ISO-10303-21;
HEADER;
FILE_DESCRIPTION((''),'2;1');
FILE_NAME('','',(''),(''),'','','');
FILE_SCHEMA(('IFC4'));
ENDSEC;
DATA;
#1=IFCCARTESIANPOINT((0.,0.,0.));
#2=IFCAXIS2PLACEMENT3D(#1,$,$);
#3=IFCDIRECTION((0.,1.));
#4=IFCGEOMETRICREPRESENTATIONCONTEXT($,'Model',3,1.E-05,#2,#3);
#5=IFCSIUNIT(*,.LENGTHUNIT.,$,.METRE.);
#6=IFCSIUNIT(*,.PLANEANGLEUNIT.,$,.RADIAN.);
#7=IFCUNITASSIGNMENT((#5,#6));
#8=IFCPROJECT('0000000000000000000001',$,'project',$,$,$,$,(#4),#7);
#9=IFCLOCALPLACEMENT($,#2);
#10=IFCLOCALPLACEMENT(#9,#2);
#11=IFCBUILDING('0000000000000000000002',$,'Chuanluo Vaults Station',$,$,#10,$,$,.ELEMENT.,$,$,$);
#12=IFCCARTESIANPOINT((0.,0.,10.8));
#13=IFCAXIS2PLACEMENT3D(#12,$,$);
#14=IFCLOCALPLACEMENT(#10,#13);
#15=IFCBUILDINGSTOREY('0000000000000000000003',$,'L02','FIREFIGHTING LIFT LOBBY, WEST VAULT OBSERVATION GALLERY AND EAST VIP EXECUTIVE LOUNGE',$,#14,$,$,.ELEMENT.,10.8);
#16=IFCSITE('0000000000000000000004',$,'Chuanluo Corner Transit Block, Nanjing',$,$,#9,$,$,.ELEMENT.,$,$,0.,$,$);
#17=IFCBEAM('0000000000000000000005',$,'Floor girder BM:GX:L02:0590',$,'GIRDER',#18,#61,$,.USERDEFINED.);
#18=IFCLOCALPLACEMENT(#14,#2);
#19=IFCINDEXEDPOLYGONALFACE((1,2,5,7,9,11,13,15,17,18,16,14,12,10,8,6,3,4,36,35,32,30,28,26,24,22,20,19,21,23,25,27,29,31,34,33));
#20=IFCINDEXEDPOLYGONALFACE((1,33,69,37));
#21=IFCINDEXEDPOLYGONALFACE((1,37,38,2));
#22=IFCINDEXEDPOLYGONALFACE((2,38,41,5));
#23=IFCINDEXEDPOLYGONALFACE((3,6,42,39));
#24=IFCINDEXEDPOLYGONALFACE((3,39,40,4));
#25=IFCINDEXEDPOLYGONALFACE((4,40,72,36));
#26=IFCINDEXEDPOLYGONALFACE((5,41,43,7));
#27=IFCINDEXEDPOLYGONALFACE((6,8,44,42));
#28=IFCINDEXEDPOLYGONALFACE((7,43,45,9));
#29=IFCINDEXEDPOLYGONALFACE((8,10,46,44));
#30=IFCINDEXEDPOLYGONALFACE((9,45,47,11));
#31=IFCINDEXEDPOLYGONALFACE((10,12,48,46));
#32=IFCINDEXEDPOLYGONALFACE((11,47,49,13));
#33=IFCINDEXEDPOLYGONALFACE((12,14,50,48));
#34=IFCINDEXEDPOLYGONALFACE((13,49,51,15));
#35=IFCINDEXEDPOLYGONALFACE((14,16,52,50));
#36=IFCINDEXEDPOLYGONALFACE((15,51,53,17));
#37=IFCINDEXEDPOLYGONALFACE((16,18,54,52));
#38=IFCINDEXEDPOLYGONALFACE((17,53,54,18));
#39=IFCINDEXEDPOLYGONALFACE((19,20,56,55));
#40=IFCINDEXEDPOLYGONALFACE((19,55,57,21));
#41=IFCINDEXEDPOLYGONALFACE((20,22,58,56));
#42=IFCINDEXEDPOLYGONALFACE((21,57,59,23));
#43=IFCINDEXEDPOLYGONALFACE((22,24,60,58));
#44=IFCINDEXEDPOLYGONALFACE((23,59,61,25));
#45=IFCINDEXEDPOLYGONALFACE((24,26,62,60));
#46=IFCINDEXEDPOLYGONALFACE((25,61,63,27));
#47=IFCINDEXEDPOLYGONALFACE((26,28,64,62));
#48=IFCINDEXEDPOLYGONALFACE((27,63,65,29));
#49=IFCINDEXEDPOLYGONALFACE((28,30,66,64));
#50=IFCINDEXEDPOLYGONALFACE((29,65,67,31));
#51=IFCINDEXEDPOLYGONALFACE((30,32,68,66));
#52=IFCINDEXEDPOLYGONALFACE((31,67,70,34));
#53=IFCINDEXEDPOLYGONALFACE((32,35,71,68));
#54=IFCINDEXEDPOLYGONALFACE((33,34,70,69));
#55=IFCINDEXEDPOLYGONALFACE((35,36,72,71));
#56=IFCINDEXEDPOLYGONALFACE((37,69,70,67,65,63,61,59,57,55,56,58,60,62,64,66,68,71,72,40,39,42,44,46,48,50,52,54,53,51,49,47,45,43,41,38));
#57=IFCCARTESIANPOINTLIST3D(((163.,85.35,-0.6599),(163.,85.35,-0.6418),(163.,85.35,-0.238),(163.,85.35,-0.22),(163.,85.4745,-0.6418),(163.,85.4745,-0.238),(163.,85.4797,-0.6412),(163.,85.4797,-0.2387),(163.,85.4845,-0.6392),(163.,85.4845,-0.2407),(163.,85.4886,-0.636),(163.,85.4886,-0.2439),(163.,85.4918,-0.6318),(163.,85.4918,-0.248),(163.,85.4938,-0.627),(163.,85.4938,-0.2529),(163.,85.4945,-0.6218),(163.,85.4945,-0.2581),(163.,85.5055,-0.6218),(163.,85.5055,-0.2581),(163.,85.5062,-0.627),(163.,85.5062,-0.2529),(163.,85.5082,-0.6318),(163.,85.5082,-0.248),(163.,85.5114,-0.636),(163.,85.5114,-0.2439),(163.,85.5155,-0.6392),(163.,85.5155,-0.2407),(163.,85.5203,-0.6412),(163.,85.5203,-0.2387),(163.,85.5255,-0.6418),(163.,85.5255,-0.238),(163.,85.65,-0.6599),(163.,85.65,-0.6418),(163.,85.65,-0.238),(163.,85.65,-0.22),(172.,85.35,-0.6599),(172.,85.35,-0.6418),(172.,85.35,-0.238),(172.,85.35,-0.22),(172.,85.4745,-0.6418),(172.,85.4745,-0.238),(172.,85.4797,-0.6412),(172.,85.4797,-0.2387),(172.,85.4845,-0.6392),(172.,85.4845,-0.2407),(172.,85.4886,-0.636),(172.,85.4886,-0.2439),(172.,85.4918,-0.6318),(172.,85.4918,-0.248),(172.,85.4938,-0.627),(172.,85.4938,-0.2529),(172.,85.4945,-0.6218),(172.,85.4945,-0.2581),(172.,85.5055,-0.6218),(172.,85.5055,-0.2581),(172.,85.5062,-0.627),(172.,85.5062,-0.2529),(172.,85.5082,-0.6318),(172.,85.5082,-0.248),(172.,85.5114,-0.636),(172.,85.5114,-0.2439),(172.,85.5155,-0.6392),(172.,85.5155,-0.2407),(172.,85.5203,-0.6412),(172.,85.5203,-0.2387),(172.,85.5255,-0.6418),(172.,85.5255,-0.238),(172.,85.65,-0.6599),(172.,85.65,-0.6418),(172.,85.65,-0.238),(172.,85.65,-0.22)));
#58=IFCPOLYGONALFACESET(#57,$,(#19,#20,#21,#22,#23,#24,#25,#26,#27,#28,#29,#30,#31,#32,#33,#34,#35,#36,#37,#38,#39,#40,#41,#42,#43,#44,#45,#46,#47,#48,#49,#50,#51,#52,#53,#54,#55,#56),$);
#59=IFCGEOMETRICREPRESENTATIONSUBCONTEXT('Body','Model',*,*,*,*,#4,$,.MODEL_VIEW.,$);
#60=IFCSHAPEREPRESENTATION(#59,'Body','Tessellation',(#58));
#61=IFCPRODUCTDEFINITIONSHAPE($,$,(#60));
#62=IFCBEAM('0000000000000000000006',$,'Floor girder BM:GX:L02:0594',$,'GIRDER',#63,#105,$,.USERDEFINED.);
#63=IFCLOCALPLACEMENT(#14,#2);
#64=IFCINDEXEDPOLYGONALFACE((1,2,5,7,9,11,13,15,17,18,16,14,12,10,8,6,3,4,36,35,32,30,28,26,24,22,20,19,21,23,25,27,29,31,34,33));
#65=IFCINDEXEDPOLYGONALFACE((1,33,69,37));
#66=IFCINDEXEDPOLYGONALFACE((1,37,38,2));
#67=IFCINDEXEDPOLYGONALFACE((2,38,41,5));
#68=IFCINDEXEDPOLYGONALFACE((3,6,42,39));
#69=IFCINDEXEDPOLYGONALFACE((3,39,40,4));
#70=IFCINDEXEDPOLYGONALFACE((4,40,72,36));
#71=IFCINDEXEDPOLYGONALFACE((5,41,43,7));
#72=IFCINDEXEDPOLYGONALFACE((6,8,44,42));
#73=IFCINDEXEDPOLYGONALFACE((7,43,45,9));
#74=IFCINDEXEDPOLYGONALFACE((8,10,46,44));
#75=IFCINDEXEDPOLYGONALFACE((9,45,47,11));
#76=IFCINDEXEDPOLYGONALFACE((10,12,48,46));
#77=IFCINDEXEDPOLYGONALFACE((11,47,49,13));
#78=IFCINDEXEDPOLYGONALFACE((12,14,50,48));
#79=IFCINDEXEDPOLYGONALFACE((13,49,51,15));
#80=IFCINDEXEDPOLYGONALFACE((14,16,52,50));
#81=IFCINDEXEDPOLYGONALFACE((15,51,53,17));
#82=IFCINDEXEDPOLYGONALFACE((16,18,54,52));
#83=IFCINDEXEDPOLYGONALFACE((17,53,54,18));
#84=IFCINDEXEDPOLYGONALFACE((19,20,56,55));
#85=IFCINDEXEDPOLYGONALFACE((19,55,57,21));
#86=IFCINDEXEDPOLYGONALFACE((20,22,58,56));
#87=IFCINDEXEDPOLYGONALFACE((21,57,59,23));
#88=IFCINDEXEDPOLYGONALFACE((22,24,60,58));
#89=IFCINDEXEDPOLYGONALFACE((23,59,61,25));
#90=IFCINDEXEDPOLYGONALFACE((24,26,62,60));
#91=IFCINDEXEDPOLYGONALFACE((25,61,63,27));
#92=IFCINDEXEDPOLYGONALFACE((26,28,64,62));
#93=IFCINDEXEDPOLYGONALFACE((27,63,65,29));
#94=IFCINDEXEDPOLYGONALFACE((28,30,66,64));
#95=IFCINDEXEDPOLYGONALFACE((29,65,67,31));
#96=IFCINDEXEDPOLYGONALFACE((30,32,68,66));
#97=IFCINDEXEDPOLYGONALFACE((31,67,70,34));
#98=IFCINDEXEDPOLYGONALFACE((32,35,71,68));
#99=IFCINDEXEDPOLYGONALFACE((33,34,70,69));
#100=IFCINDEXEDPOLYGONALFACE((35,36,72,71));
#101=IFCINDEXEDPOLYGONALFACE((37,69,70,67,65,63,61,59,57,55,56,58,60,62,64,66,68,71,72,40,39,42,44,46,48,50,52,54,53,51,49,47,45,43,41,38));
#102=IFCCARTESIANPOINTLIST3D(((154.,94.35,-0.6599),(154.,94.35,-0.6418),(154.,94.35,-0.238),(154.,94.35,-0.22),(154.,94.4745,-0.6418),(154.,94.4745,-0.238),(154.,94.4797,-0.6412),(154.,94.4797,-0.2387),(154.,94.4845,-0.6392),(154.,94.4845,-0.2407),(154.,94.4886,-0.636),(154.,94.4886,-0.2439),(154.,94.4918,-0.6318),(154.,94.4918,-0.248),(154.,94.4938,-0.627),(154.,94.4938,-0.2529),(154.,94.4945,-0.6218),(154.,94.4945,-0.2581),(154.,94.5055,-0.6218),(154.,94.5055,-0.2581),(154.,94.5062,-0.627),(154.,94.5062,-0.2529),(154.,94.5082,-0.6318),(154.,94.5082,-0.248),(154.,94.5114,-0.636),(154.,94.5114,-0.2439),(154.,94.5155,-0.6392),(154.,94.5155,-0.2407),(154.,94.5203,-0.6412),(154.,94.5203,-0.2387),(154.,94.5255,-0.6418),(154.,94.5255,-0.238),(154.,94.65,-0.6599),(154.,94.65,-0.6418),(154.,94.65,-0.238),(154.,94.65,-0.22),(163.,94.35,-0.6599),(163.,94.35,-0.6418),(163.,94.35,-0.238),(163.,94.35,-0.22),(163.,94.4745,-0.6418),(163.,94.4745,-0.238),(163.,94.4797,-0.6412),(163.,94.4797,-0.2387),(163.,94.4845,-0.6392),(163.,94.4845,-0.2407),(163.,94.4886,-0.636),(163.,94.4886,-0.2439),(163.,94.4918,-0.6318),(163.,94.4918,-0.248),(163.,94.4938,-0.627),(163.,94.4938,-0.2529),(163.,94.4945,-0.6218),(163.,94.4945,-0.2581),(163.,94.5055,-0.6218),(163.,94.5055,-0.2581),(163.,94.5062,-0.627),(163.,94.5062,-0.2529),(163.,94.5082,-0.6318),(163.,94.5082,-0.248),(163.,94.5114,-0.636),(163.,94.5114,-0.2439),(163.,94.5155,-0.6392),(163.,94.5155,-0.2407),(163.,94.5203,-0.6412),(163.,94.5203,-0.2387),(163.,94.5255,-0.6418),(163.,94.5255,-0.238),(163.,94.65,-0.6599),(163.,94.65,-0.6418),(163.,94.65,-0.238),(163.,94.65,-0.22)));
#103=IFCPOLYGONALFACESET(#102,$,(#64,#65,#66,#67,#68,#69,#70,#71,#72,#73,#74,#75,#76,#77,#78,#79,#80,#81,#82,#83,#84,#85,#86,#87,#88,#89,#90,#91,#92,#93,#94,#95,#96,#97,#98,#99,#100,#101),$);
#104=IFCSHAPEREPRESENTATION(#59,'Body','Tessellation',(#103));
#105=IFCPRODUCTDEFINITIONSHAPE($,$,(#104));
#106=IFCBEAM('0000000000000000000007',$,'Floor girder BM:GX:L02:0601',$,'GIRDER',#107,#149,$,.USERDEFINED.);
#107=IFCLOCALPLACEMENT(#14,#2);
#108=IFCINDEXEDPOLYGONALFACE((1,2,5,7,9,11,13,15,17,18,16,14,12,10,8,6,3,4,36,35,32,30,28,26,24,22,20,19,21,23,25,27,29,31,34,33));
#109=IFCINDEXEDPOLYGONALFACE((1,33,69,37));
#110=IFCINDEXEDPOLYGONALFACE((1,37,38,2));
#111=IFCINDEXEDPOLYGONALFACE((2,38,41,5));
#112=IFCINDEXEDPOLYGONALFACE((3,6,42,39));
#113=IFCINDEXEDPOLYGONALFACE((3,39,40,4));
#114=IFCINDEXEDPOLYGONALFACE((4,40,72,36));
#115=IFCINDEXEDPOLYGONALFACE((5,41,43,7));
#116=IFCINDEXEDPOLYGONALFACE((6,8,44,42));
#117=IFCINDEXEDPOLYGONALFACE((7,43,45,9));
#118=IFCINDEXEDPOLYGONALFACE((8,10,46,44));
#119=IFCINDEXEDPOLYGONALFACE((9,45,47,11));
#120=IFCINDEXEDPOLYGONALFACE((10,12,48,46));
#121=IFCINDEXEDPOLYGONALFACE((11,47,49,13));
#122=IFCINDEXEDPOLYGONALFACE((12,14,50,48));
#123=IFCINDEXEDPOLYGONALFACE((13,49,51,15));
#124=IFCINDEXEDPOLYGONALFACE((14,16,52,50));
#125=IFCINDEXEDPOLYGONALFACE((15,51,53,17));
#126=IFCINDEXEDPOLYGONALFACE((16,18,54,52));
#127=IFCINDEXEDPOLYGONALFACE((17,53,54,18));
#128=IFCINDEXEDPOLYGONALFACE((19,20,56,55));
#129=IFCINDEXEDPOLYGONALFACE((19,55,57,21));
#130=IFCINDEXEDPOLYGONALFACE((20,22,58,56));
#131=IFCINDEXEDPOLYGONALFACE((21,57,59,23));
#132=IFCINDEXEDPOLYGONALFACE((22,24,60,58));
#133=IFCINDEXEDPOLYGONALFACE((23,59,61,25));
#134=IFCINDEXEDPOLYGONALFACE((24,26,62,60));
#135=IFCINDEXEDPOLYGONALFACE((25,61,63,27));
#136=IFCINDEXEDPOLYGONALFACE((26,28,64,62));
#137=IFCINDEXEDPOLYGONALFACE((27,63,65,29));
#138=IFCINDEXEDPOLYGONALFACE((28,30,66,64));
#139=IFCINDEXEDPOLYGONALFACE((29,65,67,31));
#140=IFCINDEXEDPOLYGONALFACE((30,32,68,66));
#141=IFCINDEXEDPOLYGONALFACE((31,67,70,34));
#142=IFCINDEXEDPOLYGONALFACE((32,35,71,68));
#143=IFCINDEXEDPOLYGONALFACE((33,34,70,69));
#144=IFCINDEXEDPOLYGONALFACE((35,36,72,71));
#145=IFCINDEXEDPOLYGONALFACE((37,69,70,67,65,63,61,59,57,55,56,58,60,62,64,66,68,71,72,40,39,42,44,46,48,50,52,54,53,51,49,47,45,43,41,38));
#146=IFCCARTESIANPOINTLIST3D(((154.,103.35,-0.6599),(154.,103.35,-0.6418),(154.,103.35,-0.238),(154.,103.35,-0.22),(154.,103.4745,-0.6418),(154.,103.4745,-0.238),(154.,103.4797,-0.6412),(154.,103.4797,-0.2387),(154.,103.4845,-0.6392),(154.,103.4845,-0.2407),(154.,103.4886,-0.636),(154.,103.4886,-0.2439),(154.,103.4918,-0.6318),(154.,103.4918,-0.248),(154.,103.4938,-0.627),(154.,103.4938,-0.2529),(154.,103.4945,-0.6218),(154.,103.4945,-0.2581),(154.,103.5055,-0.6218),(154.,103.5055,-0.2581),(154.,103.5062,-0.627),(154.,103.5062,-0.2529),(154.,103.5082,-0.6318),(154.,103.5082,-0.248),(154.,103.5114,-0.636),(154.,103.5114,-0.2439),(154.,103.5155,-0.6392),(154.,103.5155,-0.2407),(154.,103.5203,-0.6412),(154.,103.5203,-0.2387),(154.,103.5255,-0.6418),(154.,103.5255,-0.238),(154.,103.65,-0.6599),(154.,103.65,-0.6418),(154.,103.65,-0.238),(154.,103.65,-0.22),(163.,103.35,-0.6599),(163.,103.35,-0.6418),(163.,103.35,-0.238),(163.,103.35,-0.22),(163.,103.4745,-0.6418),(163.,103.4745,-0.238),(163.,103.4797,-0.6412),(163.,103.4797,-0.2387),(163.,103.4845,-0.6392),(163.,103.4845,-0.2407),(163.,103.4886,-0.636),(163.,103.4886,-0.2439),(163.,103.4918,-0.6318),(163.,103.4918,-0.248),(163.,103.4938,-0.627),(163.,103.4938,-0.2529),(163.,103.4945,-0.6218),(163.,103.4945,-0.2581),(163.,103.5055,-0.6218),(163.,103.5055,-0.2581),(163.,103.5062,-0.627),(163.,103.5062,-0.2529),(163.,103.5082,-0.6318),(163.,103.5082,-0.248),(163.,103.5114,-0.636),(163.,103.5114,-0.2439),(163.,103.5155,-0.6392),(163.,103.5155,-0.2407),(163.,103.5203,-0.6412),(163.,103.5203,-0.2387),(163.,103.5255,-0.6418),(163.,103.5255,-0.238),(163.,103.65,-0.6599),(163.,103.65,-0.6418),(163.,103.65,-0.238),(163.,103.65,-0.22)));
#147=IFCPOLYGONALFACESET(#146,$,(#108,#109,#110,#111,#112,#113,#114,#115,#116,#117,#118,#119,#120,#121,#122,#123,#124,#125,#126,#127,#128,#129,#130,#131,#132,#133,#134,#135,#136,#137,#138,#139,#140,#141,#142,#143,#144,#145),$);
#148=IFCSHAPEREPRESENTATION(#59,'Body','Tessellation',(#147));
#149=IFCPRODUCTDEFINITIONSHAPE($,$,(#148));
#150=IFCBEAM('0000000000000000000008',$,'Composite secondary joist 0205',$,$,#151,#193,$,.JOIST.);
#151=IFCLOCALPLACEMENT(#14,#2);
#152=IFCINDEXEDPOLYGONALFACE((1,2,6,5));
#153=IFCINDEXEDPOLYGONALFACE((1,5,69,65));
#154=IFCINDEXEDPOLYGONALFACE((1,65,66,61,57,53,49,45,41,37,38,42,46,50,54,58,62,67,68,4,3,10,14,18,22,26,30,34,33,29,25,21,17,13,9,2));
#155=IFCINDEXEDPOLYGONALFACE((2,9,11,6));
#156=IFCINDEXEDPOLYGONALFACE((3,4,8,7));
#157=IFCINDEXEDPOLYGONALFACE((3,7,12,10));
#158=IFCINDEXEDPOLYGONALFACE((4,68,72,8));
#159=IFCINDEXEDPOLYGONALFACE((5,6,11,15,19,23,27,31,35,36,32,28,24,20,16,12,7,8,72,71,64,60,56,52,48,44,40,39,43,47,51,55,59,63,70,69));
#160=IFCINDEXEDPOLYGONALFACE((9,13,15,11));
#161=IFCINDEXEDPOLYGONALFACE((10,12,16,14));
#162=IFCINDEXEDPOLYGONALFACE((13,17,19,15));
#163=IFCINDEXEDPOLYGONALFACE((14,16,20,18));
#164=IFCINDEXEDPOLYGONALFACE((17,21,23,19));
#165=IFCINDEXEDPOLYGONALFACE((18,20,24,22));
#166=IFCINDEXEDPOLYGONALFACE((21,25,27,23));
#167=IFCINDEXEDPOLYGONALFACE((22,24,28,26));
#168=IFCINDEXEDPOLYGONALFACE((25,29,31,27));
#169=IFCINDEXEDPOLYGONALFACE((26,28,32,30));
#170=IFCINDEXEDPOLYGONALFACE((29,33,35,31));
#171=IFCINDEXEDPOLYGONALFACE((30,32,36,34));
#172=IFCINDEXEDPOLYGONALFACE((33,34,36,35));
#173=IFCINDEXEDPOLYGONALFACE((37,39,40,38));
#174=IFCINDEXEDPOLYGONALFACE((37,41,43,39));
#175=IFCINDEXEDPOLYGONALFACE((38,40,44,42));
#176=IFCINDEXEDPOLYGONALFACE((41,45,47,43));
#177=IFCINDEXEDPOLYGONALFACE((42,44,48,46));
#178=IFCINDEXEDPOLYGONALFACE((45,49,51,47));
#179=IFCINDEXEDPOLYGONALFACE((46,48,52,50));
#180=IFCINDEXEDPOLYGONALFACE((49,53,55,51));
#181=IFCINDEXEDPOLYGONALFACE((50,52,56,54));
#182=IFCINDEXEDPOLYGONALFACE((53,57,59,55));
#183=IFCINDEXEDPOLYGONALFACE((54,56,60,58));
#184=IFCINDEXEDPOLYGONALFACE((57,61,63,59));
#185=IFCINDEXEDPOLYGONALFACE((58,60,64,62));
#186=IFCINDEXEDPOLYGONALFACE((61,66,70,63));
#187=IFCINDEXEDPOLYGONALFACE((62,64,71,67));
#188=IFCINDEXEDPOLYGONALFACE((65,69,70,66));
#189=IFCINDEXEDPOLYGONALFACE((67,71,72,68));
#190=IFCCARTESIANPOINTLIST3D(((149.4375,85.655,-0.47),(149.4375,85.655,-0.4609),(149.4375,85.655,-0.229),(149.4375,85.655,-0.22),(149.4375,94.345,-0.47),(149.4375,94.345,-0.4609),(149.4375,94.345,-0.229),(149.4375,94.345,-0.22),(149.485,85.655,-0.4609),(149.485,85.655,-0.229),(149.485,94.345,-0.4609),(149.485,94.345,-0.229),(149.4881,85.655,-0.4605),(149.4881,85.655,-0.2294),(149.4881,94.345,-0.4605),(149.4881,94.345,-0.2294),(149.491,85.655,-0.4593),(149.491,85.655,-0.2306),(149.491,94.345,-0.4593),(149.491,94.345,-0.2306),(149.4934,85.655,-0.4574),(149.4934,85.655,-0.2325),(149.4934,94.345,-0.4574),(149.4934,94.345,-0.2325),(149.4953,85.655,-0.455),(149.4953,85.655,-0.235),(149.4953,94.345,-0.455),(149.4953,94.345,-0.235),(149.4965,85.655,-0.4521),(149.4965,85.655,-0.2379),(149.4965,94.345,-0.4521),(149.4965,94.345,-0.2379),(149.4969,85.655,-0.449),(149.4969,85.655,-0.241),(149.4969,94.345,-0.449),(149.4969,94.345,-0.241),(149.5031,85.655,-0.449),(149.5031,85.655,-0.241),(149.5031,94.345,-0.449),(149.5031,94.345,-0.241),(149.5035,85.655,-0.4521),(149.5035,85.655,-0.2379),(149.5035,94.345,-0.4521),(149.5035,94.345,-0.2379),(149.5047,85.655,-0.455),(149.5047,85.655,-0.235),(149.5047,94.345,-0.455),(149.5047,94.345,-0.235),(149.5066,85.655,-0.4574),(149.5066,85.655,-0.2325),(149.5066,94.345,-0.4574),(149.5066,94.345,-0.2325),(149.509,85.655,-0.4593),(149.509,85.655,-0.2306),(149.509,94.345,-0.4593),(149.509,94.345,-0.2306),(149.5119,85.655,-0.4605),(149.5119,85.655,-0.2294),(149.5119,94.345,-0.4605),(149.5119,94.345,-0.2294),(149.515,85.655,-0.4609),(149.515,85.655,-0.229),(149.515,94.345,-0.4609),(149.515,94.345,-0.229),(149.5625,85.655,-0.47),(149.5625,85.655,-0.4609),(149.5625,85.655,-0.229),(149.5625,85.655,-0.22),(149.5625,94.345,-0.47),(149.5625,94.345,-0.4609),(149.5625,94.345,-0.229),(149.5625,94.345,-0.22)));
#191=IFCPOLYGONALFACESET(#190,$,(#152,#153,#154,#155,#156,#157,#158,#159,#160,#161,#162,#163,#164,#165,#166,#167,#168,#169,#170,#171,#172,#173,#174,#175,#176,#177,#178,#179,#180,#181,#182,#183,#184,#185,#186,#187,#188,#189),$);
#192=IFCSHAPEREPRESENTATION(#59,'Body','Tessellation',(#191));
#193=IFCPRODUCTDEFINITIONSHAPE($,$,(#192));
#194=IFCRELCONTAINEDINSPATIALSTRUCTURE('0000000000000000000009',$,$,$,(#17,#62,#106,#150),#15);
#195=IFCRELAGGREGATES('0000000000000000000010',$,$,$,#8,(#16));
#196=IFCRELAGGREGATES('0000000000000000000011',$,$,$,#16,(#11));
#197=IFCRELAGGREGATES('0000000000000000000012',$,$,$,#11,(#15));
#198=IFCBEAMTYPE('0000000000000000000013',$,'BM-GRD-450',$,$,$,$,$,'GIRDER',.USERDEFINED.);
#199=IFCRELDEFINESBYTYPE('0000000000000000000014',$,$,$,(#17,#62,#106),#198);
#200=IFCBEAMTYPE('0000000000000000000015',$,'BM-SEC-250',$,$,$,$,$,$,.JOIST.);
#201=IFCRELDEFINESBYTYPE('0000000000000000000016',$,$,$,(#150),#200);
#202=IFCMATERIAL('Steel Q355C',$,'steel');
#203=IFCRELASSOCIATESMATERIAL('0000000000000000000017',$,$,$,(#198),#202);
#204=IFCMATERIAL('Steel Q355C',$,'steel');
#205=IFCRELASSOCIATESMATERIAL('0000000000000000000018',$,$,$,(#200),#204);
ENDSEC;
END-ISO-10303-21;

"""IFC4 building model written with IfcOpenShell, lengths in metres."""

from ifc_helpers import new_model, si_unit, direction, frame, origin, origin_2d, place, context, subcontext, project, spatial, i_section, extrude, material, material_profile, profile_set, type_object, element, save


model = new_model("IFC4")

# Units and contexts
model_context = context("Model", 3, precision=1e-05, world=origin(), true_north=direction((0.0, 1.0)))
body_context = subcontext(model_context, "Body", "Model", "MODEL_VIEW")
ifc_project = project(units=[si_unit("LENGTHUNIT", "METRE"), si_unit("PLANEANGLEUNIT", "RADIAN")], contexts=[model_context])

# Site, building, storey
site_placement = place(None, origin())
site = spatial("IfcSite", under=ifc_project, at=site_placement, Name="Chuanluo Corner Transit Block, Nanjing", CompositionType="ELEMENT", RefElevation=0.0)
building_placement = place(site_placement, origin())
building = spatial("IfcBuilding", under=site, at=building_placement, Name="Chuanluo Vaults Station", CompositionType="ELEMENT")
storey_placement = place(building_placement, frame((0.0, 0.0, 10.8)))
storey = spatial("IfcBuildingStorey", under=building, at=storey_placement, Name="L02", Description="FIREFIGHTING LIFT LOBBY, WEST VAULT OBSERVATION GALLERY AND EAST VIP EXECUTIVE LOUNGE", CompositionType="ELEMENT", Elevation=10.8)

# Beams
ifc_material_1 = material(Name="Steel Q355C", Category="steel")
ifc_material_profile_1 = material_profile(ifc_material_1, i_section(OverallWidth=0.3, OverallDepth=0.4399, WebThickness=0.011, FlangeThickness=0.0181, FilletRadius=0.02, at=origin_2d()))
ifc_profile_set_1 = profile_set([ifc_material_profile_1], Name="Steel Q355C")
beam_type_1 = type_object("IfcBeamType", Name="BM-GRD-450", ElementType="GIRDER", PredefinedType="USERDEFINED", material=ifc_profile_set_1)
for number, where, z_axis, x_axis, name in (
    (1, (163.0, 85.5, -0.4399), (1.0, 0.0, 0.0), (0.0, 1.0, 0.0), "Floor girder BM:GX:L02:0590"),
    (2, (154.0, 94.5, -0.4399), (1.0, 0.0, 0.0), (0.0, 1.0, 0.0), "Floor girder BM:GX:L02:0594"),
    (3, (154.0, 103.5, -0.4399), (1.0, 0.0, 0.0), (0.0, 1.0, 0.0), "Floor girder BM:GX:L02:0601"),
):
    element("IfcBeam", number, at=place(storey_placement, frame(where, z_axis=z_axis, x_axis=x_axis)), inside=storey, type_object=beam_type_1, Name=name, ObjectType="GIRDER", PredefinedType="USERDEFINED", context=body_context, shape_type="SweptSolid", body=[
        extrude(i_section(OverallWidth=0.3, OverallDepth=0.4399, WebThickness=0.011, FlangeThickness=0.0181, FilletRadius=0.02, at=origin_2d()), origin(), (0.0, 0.0, 1.0), 9.0),
    ])
ifc_material_2 = material(Name="Steel Q355C", Category="steel")
ifc_material_profile_2 = material_profile(ifc_material_2, i_section(OverallWidth=0.125, OverallDepth=0.25, WebThickness=0.0061, FlangeThickness=0.009, FilletRadius=0.012, at=origin_2d()))
ifc_profile_set_2 = profile_set([ifc_material_profile_2], Name="Steel Q355C")
beam_type_2 = type_object("IfcBeamType", Name="BM-SEC-250", PredefinedType="JOIST", material=ifc_profile_set_2)
for number, where, z_axis, x_axis, name in (
    (4, (149.5, 85.655, -0.345), (0.0, 1.0, 0.0), (-1.0, 0.0, 0.0), "Composite secondary joist 0205"),
):
    element("IfcBeam", number, at=place(storey_placement, frame(where, z_axis=z_axis, x_axis=x_axis)), inside=storey, type_object=beam_type_2, Name=name, PredefinedType="JOIST", context=body_context, shape_type="SweptSolid", body=[
        extrude(i_section(OverallWidth=0.125, OverallDepth=0.25, WebThickness=0.0061, FlangeThickness=0.009, FilletRadius=0.012, at=origin_2d()), origin(), (0.0, 0.0, 1.0), 8.6899),
    ])

save(model, "model.ifc")
